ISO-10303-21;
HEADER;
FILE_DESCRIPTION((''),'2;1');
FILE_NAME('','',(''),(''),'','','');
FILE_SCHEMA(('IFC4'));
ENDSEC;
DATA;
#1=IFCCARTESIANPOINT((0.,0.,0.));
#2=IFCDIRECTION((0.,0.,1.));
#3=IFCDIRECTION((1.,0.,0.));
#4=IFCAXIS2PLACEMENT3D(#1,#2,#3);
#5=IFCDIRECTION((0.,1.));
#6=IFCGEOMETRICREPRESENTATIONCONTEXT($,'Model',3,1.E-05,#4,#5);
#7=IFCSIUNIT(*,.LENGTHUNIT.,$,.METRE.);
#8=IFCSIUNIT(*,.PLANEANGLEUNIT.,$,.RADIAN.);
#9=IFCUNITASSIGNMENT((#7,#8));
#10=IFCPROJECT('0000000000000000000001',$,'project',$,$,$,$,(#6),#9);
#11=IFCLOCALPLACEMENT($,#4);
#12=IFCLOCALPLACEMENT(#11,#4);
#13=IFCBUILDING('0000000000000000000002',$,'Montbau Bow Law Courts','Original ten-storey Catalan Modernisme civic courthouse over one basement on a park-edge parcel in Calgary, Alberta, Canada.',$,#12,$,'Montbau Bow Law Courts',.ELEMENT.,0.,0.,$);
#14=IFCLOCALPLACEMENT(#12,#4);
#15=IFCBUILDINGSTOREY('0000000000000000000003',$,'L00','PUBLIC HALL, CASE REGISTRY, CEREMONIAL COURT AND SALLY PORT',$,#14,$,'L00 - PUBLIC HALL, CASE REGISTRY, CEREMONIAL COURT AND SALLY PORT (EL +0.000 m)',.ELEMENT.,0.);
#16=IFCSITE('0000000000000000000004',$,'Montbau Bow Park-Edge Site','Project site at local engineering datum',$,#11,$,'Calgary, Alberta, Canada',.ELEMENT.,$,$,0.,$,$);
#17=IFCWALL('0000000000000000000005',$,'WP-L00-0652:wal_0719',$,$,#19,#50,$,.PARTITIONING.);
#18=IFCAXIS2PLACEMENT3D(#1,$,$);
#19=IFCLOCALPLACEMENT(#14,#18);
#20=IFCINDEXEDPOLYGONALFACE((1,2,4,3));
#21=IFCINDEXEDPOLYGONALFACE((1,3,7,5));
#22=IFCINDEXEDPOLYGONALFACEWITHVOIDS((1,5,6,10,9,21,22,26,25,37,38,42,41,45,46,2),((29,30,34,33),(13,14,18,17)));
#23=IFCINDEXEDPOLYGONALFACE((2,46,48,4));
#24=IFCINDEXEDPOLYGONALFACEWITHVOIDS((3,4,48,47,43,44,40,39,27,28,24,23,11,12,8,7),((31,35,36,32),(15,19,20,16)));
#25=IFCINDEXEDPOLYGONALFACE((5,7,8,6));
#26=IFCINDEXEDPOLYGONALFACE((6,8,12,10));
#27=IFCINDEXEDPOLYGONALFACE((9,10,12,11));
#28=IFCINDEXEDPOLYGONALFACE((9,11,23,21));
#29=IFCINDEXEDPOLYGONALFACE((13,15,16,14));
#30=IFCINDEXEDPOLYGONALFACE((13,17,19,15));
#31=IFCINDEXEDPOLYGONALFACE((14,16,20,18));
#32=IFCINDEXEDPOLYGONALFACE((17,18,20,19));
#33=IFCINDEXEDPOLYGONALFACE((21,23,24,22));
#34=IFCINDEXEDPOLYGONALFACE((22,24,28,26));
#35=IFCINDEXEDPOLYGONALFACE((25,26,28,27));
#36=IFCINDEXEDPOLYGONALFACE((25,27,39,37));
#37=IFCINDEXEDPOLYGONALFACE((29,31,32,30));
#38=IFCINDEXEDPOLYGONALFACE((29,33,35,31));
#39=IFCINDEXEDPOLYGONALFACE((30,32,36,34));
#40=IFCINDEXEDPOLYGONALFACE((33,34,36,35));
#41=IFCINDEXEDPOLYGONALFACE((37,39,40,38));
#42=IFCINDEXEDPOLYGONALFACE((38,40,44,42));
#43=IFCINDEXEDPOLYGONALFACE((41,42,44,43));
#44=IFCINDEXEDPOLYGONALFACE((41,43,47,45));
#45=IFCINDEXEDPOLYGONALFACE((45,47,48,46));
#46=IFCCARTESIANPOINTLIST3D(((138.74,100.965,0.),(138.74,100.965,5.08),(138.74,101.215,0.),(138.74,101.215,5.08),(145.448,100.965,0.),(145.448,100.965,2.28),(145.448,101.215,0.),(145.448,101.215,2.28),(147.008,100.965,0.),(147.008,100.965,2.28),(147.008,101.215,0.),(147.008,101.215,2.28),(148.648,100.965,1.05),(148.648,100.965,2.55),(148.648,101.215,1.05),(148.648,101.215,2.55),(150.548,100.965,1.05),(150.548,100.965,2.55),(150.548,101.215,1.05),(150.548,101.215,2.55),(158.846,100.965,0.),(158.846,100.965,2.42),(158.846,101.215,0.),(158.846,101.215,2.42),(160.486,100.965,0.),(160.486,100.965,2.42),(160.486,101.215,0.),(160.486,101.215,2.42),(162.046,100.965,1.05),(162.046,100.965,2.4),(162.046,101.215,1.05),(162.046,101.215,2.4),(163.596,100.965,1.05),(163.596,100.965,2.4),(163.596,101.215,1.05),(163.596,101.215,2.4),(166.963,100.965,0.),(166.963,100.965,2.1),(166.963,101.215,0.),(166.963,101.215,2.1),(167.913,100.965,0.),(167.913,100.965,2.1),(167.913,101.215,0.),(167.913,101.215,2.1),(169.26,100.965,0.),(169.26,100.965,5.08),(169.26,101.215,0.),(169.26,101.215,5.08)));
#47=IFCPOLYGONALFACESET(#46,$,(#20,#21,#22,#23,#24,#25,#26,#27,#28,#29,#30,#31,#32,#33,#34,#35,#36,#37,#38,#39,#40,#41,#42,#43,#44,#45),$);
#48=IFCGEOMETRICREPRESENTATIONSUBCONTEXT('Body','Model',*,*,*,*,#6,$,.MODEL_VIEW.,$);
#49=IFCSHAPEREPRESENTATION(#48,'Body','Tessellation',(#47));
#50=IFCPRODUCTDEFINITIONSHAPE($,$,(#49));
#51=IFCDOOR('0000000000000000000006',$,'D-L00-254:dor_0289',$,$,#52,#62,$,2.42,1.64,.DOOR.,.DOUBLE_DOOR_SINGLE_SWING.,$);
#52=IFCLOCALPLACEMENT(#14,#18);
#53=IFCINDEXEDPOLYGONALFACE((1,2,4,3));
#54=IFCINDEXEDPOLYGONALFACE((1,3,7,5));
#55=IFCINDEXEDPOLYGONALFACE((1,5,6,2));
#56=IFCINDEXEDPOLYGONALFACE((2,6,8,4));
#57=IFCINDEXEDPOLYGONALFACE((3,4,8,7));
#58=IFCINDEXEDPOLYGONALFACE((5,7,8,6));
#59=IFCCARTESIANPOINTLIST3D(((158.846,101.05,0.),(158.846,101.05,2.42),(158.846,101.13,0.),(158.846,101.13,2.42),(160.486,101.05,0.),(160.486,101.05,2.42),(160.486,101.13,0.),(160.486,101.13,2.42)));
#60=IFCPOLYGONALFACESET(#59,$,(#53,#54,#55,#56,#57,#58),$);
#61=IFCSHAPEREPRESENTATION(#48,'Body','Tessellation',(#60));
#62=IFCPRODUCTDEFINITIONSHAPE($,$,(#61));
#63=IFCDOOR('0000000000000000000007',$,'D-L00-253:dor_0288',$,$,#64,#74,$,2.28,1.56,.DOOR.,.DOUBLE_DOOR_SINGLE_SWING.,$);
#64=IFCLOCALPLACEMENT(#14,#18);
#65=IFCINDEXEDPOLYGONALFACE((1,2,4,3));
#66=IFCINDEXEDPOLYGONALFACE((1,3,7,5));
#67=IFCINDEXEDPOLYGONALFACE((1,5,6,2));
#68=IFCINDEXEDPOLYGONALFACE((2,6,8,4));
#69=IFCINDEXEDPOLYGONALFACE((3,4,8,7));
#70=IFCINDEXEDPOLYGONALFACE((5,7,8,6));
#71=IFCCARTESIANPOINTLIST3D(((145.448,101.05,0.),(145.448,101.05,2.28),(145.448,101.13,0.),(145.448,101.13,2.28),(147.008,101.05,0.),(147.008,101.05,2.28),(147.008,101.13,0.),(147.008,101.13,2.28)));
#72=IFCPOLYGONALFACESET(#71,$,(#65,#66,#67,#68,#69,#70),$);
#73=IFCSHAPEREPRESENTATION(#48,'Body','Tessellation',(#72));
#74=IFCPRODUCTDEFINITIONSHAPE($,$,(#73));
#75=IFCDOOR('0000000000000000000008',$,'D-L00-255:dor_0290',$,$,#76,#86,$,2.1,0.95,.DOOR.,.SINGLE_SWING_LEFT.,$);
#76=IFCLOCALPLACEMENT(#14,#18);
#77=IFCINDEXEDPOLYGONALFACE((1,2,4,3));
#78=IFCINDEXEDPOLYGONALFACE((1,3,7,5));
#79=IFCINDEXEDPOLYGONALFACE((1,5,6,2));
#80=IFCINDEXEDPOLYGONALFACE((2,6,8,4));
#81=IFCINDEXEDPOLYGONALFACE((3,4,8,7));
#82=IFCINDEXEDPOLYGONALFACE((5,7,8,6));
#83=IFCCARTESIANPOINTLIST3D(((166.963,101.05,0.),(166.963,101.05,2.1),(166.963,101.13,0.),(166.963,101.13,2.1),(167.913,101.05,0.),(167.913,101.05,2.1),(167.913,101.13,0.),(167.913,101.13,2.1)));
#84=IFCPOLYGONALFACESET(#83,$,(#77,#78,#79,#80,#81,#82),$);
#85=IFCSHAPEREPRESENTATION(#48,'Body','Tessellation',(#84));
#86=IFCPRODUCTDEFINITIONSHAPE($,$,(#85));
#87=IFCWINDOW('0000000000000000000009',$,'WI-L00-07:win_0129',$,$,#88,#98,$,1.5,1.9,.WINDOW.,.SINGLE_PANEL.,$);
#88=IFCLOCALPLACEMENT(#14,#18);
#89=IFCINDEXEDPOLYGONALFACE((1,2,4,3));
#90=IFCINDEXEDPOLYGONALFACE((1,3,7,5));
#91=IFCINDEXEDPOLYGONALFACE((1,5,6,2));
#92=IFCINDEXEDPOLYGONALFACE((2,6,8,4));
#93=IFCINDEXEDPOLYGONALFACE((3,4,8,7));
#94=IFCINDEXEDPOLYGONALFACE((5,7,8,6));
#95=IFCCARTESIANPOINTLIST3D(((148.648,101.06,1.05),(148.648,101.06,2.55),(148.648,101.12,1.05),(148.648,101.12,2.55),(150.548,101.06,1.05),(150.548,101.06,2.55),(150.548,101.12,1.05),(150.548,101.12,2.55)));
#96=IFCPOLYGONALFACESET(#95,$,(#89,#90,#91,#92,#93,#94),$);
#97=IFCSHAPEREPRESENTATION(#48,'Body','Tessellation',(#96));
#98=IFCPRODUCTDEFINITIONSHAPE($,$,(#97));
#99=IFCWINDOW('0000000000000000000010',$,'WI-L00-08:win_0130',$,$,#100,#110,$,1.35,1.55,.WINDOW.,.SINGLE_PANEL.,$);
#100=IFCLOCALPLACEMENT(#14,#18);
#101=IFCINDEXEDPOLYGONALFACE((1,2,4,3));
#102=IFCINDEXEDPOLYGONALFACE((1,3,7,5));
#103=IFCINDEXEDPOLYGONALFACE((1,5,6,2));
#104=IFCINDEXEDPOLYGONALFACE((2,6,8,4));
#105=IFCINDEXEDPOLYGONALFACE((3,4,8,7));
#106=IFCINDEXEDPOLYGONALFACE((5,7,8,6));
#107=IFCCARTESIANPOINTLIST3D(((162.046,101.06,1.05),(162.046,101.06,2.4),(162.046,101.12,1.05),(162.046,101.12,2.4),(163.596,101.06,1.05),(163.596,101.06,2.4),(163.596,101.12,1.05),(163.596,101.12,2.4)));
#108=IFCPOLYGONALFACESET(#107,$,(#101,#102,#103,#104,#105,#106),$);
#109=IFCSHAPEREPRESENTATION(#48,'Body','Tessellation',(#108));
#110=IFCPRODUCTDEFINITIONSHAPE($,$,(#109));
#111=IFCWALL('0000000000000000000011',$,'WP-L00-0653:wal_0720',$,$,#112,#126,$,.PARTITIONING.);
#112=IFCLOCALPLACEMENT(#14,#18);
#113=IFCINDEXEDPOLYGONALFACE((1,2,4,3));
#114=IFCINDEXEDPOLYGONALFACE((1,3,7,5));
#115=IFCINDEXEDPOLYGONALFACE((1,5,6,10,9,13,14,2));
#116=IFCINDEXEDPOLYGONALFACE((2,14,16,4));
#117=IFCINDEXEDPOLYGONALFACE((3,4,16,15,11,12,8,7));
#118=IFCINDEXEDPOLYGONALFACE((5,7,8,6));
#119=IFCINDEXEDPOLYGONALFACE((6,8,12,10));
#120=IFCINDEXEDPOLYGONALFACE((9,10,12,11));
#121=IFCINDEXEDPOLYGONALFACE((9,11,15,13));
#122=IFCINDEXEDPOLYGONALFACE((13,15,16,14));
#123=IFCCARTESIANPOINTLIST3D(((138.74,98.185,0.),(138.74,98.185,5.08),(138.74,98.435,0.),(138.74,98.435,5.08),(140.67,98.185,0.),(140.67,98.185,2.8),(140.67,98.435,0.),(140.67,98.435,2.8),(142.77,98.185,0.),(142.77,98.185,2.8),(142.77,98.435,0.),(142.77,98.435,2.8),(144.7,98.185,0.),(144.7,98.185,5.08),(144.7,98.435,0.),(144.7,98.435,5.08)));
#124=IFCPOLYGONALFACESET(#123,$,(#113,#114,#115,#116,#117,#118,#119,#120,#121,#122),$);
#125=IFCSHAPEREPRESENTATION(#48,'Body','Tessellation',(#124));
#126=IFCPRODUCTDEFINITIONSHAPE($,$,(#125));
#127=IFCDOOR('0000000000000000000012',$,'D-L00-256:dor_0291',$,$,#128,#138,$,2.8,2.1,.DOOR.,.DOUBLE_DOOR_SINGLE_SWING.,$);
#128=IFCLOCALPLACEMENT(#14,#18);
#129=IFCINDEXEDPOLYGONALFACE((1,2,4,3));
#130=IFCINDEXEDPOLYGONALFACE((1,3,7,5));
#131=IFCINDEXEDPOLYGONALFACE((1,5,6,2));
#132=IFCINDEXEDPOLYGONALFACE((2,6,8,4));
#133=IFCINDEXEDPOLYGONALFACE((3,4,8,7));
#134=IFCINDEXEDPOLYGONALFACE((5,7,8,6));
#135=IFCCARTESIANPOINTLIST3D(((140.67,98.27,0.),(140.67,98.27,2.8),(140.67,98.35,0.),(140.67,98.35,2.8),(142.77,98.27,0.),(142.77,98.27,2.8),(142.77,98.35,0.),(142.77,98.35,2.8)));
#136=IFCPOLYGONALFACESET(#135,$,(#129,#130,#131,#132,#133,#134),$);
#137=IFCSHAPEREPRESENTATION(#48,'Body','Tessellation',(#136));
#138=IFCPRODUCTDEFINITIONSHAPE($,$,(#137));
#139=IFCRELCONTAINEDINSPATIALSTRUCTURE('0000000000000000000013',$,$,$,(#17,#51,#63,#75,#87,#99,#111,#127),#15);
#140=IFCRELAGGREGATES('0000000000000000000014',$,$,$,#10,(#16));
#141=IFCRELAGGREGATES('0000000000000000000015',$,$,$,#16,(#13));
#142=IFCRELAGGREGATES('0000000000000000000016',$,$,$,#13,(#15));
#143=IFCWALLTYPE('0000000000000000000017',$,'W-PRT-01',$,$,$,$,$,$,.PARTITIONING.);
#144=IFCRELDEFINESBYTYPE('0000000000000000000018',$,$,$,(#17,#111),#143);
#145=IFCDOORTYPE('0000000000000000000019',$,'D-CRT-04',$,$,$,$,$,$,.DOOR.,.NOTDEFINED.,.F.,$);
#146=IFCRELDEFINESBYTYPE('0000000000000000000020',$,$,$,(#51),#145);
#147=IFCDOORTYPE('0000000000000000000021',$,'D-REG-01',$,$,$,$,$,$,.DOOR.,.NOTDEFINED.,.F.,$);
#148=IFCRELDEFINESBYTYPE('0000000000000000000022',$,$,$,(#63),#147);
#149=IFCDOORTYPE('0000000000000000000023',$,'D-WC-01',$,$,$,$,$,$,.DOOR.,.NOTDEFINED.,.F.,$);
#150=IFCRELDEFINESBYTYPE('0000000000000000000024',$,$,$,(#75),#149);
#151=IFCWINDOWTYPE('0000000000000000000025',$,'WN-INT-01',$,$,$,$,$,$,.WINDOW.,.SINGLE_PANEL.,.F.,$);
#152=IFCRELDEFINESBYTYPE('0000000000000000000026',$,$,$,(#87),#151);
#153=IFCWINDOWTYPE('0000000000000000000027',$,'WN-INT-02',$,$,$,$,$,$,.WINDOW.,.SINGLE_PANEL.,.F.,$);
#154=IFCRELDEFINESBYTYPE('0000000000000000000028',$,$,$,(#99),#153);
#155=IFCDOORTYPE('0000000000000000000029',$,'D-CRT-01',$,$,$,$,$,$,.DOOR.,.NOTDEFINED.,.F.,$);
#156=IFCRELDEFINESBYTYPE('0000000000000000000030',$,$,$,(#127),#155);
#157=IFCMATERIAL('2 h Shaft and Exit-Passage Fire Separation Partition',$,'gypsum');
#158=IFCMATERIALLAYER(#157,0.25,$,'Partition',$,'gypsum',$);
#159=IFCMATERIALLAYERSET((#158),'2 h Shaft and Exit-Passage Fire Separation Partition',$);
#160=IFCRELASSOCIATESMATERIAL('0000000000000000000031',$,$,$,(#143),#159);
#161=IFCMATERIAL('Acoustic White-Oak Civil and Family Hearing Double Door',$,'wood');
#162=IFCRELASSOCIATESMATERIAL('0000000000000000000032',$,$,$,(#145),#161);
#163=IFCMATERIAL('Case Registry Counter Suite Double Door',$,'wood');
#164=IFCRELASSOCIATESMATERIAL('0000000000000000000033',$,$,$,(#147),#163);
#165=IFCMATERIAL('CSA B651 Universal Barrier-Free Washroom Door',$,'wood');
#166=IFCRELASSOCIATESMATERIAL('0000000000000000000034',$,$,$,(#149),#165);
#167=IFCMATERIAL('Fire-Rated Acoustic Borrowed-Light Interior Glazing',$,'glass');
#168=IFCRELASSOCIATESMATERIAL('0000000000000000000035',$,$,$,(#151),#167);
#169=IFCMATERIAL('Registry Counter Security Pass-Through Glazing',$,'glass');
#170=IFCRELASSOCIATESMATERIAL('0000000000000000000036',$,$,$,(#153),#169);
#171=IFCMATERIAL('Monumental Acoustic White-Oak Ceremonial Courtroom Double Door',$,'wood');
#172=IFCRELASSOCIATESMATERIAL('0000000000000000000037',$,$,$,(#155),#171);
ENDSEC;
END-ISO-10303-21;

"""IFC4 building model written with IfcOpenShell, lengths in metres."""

from ifc_helpers import new_model, si_unit, direction, frame, frame_2d, origin_with_axes, place, context, subcontext, project, spatial, rectangle, extrude, material, layer, layer_set, type_object, element, fill, save


model = new_model("IFC4")

# Units and contexts
model_context = context("Model", 3, precision=1e-05, world=origin_with_axes(), true_north=direction((0.0, 1.0)))
body_context = subcontext(model_context, "Body", "Model", "MODEL_VIEW")
ifc_project = project(units=[si_unit("LENGTHUNIT", "METRE"), si_unit("PLANEANGLEUNIT", "RADIAN")], contexts=[model_context])

# Site, building, storey
site_placement = place(None, origin_with_axes())
site = spatial("IfcSite", under=ifc_project, at=site_placement, Name="Montbau Bow Park-Edge Site", Description="Project site at local engineering datum", LongName="Calgary, Alberta, Canada", CompositionType="ELEMENT", RefElevation=0.0)
building_placement = place(site_placement, origin_with_axes())
building = spatial("IfcBuilding", under=site, at=building_placement, Name="Montbau Bow Law Courts", Description="Original ten-storey Catalan Modernisme civic courthouse over one basement on a park-edge parcel in Calgary, Alberta, Canada.", LongName="Montbau Bow Law Courts", CompositionType="ELEMENT", ElevationOfRefHeight=0.0, ElevationOfTerrain=0.0)
storey_placement = place(building_placement, origin_with_axes())
storey = spatial("IfcBuildingStorey", under=building, at=storey_placement, Name="L00", Description="PUBLIC HALL, CASE REGISTRY, CEREMONIAL COURT AND SALLY PORT", LongName="L00 - PUBLIC HALL, CASE REGISTRY, CEREMONIAL COURT AND SALLY PORT (EL +0.000 m)", CompositionType="ELEMENT", Elevation=0.0)

# Shared definitions
ifc_material_1 = material(Name="2 h Shaft and Exit-Passage Fire Separation Partition", Category="gypsum")
ifc_layer_1 = layer(ifc_material_1, 0.25, Name="Partition", Category="gypsum")
ifc_layer_set_1 = layer_set([ifc_layer_1], Name="2 h Shaft and Exit-Passage Fire Separation Partition")
wall_type_1 = type_object("IfcWallType", Name="W-PRT-01", PredefinedType="PARTITIONING", material=ifc_layer_set_1)

# Wall, openings, doors, windows
wall_1_placement = place(None, frame((138.74, 101.09, 0.0), z_axis=(0.0, 0.0, 1.0), x_axis=(1.0, 0.0, 0.0)))
wall_1 = element("IfcWall", 1, at=wall_1_placement, inside=storey, type_object=wall_type_1, Name="WP-L00-0652:wal_0719", PredefinedType="PARTITIONING", context=body_context, shape_type="SweptSolid", body=[
    extrude(rectangle(XDim=30.52, YDim=0.25, at=frame_2d((15.26, 0.0), x_axis=(1.0, 0.0))), origin_with_axes(), (0.0, 0.0, 1.0), 5.08),
])
opening_1_placement = place(None, frame((146.228, 101.09, 0.0), z_axis=(0.0, 0.0, 1.0), x_axis=(1.0, 0.0, 0.0)))
opening_1 = element("IfcOpeningElement", 2, at=opening_1_placement, cuts=wall_1, PredefinedType="OPENING", context=body_context, shape_type="SweptSolid", body=[
    extrude(rectangle(XDim=1.56, YDim=2.28, at=frame_2d((0.0, 1.14), x_axis=(1.0, 0.0))), frame((0.0, 0.135, 0.0), z_axis=(0.0, -1.0, 0.0), x_axis=(1.0, 0.0, 0.0)), (0.0, 0.0, 1.0), 0.27),
])
opening_2_placement = place(None, frame((159.666, 101.09, 0.0), z_axis=(0.0, 0.0, 1.0), x_axis=(1.0, 0.0, 0.0)))
opening_2 = element("IfcOpeningElement", 3, at=opening_2_placement, cuts=wall_1, PredefinedType="OPENING", context=body_context, shape_type="SweptSolid", body=[
    extrude(rectangle(XDim=1.64, YDim=2.42, at=frame_2d((0.0, 1.21), x_axis=(1.0, 0.0))), frame((0.0, 0.135, 0.0), z_axis=(0.0, -1.0, 0.0), x_axis=(1.0, 0.0, 0.0)), (0.0, 0.0, 1.0), 0.27),
])
opening_3_placement = place(None, frame((167.438, 101.09, 0.0), z_axis=(0.0, 0.0, 1.0), x_axis=(1.0, 0.0, 0.0)))
opening_3 = element("IfcOpeningElement", 4, at=opening_3_placement, cuts=wall_1, PredefinedType="OPENING", context=body_context, shape_type="SweptSolid", body=[
    extrude(rectangle(XDim=0.95, YDim=2.1, at=frame_2d((0.0, 1.05), x_axis=(1.0, 0.0))), frame((0.0, 0.135, 0.0), z_axis=(0.0, -1.0, 0.0), x_axis=(1.0, 0.0, 0.0)), (0.0, 0.0, 1.0), 0.27),
])
opening_4_placement = place(None, frame((149.598, 101.09, 1.05), z_axis=(0.0, 0.0, 1.0), x_axis=(1.0, 0.0, 0.0)))
opening_4 = element("IfcOpeningElement", 5, at=opening_4_placement, cuts=wall_1, PredefinedType="OPENING", context=body_context, shape_type="SweptSolid", body=[
    extrude(rectangle(XDim=1.9, YDim=1.5, at=frame_2d((0.0, 0.75), x_axis=(1.0, 0.0))), frame((0.0, 0.135, 0.0), z_axis=(0.0, -1.0, 0.0), x_axis=(1.0, 0.0, 0.0)), (0.0, 0.0, 1.0), 0.27),
])
opening_5_placement = place(None, frame((162.821, 101.09, 1.05), z_axis=(0.0, 0.0, 1.0), x_axis=(1.0, 0.0, 0.0)))
opening_5 = element("IfcOpeningElement", 6, at=opening_5_placement, cuts=wall_1, PredefinedType="OPENING", context=body_context, shape_type="SweptSolid", body=[
    extrude(rectangle(XDim=1.55, YDim=1.35, at=frame_2d((0.0, 0.675), x_axis=(1.0, 0.0))), frame((0.0, 0.135, 0.0), z_axis=(0.0, -1.0, 0.0), x_axis=(1.0, 0.0, 0.0)), (0.0, 0.0, 1.0), 0.27),
])
ifc_material_2 = material(Name="Acoustic White-Oak Civil and Family Hearing Double Door", Category="wood")
door_type_1 = type_object("IfcDoorType", Name="D-CRT-04", OperationType="NOTDEFINED", ParameterTakesPrecedence=False, PredefinedType="DOOR", material=ifc_material_2)
door_1_placement = place(None, frame((159.666, 101.09, 0.0), z_axis=(0.0, 0.0, 1.0), x_axis=(-1.0, 0.0, 0.0)))
door_1 = element("IfcDoor", 7, at=door_1_placement, inside=storey, type_object=door_type_1, Name="D-L00-254:dor_0289", OperationType="DOUBLE_DOOR_SINGLE_SWING", OverallHeight=2.42, OverallWidth=1.64, PredefinedType="DOOR", context=body_context, shape_type="SweptSolid", body=[
    extrude(rectangle(XDim=1.64, YDim=2.42, at=frame_2d((0.0, 1.21), x_axis=(1.0, 0.0))), frame((0.0, 0.04, 0.0), z_axis=(0.0, -1.0, 0.0), x_axis=(1.0, 0.0, 0.0)), (0.0, 0.0, 1.0), 0.08),
])
fill(opening_2, door_1)
ifc_material_3 = material(Name="Case Registry Counter Suite Double Door", Category="wood")
door_type_2 = type_object("IfcDoorType", Name="D-REG-01", OperationType="NOTDEFINED", ParameterTakesPrecedence=False, PredefinedType="DOOR", material=ifc_material_3)
door_2_placement = place(None, frame((146.228, 101.09, 0.0), z_axis=(0.0, 0.0, 1.0), x_axis=(-1.0, 0.0, 0.0)))
door_2 = element("IfcDoor", 8, at=door_2_placement, inside=storey, type_object=door_type_2, Name="D-L00-253:dor_0288", OperationType="DOUBLE_DOOR_SINGLE_SWING", OverallHeight=2.28, OverallWidth=1.56, PredefinedType="DOOR", context=body_context, shape_type="SweptSolid", body=[
    extrude(rectangle(XDim=1.56, YDim=2.28, at=frame_2d((0.0, 1.14), x_axis=(1.0, 0.0))), frame((0.0, 0.04, 0.0), z_axis=(0.0, -1.0, 0.0), x_axis=(1.0, 0.0, 0.0)), (0.0, 0.0, 1.0), 0.08),
])
fill(opening_1, door_2)
ifc_material_4 = material(Name="CSA B651 Universal Barrier-Free Washroom Door", Category="wood")
door_type_3 = type_object("IfcDoorType", Name="D-WC-01", OperationType="NOTDEFINED", ParameterTakesPrecedence=False, PredefinedType="DOOR", material=ifc_material_4)
door_3_placement = place(None, frame((167.438, 101.09, 0.0), z_axis=(0.0, 0.0, 1.0), x_axis=(-1.0, 0.0, 0.0)))
door_3 = element("IfcDoor", 9, at=door_3_placement, inside=storey, type_object=door_type_3, Name="D-L00-255:dor_0290", OperationType="SINGLE_SWING_LEFT", OverallHeight=2.1, OverallWidth=0.95, PredefinedType="DOOR", context=body_context, shape_type="SweptSolid", body=[
    extrude(rectangle(XDim=0.95, YDim=2.1, at=frame_2d((0.0, 1.05), x_axis=(1.0, 0.0))), frame((0.0, 0.04, 0.0), z_axis=(0.0, -1.0, 0.0), x_axis=(1.0, 0.0, 0.0)), (0.0, 0.0, 1.0), 0.08),
])
fill(opening_3, door_3)
ifc_material_5 = material(Name="Fire-Rated Acoustic Borrowed-Light Interior Glazing", Category="glass")
window_type_1 = type_object("IfcWindowType", Name="WN-INT-01", ParameterTakesPrecedence=False, PartitioningType="SINGLE_PANEL", PredefinedType="WINDOW", material=ifc_material_5)
window_1_placement = place(None, frame((149.598, 101.09, 1.05), z_axis=(0.0, 0.0, 1.0), x_axis=(1.0, 0.0, 0.0)))
window_1 = element("IfcWindow", 10, at=window_1_placement, inside=storey, type_object=window_type_1, Name="WI-L00-07:win_0129", OverallHeight=1.5, OverallWidth=1.9, PartitioningType="SINGLE_PANEL", PredefinedType="WINDOW", context=body_context, shape_type="SweptSolid", body=[
    extrude(rectangle(XDim=1.9, YDim=1.5, at=frame_2d((0.0, 0.75), x_axis=(1.0, 0.0))), frame((0.0, 0.03, 0.0), z_axis=(0.0, -1.0, 0.0), x_axis=(1.0, 0.0, 0.0)), (0.0, 0.0, 1.0), 0.06),
])
fill(opening_4, window_1)
ifc_material_6 = material(Name="Registry Counter Security Pass-Through Glazing", Category="glass")
window_type_2 = type_object("IfcWindowType", Name="WN-INT-02", ParameterTakesPrecedence=False, PartitioningType="SINGLE_PANEL", PredefinedType="WINDOW", material=ifc_material_6)
window_2_placement = place(None, frame((162.821, 101.09, 1.05), z_axis=(0.0, 0.0, 1.0), x_axis=(1.0, 0.0, 0.0)))
window_2 = element("IfcWindow", 11, at=window_2_placement, inside=storey, type_object=window_type_2, Name="WI-L00-08:win_0130", OverallHeight=1.35, OverallWidth=1.55, PartitioningType="SINGLE_PANEL", PredefinedType="WINDOW", context=body_context, shape_type="SweptSolid", body=[
    extrude(rectangle(XDim=1.55, YDim=1.35, at=frame_2d((0.0, 0.675), x_axis=(1.0, 0.0))), frame((0.0, 0.03, 0.0), z_axis=(0.0, -1.0, 0.0), x_axis=(1.0, 0.0, 0.0)), (0.0, 0.0, 1.0), 0.06),
])
fill(opening_5, window_2)

# Wall, opening, door
wall_2_placement = place(None, frame((138.74, 98.31, 0.0), z_axis=(0.0, 0.0, 1.0), x_axis=(1.0, 0.0, 0.0)))
wall_2 = element("IfcWall", 12, at=wall_2_placement, inside=storey, type_object=wall_type_1, Name="WP-L00-0653:wal_0720", PredefinedType="PARTITIONING", context=body_context, shape_type="SweptSolid", body=[
    extrude(rectangle(XDim=5.96, YDim=0.25, at=frame_2d((2.98, 0.0), x_axis=(1.0, 0.0))), origin_with_axes(), (0.0, 0.0, 1.0), 5.08),
])
opening_6_placement = place(None, frame((141.72, 98.31, 0.0), z_axis=(0.0, 0.0, 1.0), x_axis=(1.0, 0.0, 0.0)))
opening_6 = element("IfcOpeningElement", 13, at=opening_6_placement, cuts=wall_2, PredefinedType="OPENING", context=body_context, shape_type="SweptSolid", body=[
    extrude(rectangle(XDim=2.1, YDim=2.8, at=frame_2d((0.0, 1.4), x_axis=(1.0, 0.0))), frame((0.0, 0.135, 0.0), z_axis=(0.0, -1.0, 0.0), x_axis=(1.0, 0.0, 0.0)), (0.0, 0.0, 1.0), 0.27),
])
ifc_material_7 = material(Name="Monumental Acoustic White-Oak Ceremonial Courtroom Double Door", Category="wood")
door_type_4 = type_object("IfcDoorType", Name="D-CRT-01", OperationType="NOTDEFINED", ParameterTakesPrecedence=False, PredefinedType="DOOR", material=ifc_material_7)
door_4_placement = place(None, frame((141.72, 98.31, 0.0), z_axis=(0.0, 0.0, 1.0), x_axis=(1.0, 0.0, 0.0)))
door_4 = element("IfcDoor", 14, at=door_4_placement, inside=storey, type_object=door_type_4, Name="D-L00-256:dor_0291", OperationType="DOUBLE_DOOR_SINGLE_SWING", OverallHeight=2.8, OverallWidth=2.1, PredefinedType="DOOR", context=body_context, shape_type="SweptSolid", body=[
    extrude(rectangle(XDim=2.1, YDim=2.8, at=frame_2d((0.0, 1.4), x_axis=(1.0, 0.0))), frame((0.0, 0.04, 0.0), z_axis=(0.0, -1.0, 0.0), x_axis=(1.0, 0.0, 0.0)), (0.0, 0.0, 1.0), 0.08),
])
fill(opening_6, door_4)

save(model, "model.ifc")
